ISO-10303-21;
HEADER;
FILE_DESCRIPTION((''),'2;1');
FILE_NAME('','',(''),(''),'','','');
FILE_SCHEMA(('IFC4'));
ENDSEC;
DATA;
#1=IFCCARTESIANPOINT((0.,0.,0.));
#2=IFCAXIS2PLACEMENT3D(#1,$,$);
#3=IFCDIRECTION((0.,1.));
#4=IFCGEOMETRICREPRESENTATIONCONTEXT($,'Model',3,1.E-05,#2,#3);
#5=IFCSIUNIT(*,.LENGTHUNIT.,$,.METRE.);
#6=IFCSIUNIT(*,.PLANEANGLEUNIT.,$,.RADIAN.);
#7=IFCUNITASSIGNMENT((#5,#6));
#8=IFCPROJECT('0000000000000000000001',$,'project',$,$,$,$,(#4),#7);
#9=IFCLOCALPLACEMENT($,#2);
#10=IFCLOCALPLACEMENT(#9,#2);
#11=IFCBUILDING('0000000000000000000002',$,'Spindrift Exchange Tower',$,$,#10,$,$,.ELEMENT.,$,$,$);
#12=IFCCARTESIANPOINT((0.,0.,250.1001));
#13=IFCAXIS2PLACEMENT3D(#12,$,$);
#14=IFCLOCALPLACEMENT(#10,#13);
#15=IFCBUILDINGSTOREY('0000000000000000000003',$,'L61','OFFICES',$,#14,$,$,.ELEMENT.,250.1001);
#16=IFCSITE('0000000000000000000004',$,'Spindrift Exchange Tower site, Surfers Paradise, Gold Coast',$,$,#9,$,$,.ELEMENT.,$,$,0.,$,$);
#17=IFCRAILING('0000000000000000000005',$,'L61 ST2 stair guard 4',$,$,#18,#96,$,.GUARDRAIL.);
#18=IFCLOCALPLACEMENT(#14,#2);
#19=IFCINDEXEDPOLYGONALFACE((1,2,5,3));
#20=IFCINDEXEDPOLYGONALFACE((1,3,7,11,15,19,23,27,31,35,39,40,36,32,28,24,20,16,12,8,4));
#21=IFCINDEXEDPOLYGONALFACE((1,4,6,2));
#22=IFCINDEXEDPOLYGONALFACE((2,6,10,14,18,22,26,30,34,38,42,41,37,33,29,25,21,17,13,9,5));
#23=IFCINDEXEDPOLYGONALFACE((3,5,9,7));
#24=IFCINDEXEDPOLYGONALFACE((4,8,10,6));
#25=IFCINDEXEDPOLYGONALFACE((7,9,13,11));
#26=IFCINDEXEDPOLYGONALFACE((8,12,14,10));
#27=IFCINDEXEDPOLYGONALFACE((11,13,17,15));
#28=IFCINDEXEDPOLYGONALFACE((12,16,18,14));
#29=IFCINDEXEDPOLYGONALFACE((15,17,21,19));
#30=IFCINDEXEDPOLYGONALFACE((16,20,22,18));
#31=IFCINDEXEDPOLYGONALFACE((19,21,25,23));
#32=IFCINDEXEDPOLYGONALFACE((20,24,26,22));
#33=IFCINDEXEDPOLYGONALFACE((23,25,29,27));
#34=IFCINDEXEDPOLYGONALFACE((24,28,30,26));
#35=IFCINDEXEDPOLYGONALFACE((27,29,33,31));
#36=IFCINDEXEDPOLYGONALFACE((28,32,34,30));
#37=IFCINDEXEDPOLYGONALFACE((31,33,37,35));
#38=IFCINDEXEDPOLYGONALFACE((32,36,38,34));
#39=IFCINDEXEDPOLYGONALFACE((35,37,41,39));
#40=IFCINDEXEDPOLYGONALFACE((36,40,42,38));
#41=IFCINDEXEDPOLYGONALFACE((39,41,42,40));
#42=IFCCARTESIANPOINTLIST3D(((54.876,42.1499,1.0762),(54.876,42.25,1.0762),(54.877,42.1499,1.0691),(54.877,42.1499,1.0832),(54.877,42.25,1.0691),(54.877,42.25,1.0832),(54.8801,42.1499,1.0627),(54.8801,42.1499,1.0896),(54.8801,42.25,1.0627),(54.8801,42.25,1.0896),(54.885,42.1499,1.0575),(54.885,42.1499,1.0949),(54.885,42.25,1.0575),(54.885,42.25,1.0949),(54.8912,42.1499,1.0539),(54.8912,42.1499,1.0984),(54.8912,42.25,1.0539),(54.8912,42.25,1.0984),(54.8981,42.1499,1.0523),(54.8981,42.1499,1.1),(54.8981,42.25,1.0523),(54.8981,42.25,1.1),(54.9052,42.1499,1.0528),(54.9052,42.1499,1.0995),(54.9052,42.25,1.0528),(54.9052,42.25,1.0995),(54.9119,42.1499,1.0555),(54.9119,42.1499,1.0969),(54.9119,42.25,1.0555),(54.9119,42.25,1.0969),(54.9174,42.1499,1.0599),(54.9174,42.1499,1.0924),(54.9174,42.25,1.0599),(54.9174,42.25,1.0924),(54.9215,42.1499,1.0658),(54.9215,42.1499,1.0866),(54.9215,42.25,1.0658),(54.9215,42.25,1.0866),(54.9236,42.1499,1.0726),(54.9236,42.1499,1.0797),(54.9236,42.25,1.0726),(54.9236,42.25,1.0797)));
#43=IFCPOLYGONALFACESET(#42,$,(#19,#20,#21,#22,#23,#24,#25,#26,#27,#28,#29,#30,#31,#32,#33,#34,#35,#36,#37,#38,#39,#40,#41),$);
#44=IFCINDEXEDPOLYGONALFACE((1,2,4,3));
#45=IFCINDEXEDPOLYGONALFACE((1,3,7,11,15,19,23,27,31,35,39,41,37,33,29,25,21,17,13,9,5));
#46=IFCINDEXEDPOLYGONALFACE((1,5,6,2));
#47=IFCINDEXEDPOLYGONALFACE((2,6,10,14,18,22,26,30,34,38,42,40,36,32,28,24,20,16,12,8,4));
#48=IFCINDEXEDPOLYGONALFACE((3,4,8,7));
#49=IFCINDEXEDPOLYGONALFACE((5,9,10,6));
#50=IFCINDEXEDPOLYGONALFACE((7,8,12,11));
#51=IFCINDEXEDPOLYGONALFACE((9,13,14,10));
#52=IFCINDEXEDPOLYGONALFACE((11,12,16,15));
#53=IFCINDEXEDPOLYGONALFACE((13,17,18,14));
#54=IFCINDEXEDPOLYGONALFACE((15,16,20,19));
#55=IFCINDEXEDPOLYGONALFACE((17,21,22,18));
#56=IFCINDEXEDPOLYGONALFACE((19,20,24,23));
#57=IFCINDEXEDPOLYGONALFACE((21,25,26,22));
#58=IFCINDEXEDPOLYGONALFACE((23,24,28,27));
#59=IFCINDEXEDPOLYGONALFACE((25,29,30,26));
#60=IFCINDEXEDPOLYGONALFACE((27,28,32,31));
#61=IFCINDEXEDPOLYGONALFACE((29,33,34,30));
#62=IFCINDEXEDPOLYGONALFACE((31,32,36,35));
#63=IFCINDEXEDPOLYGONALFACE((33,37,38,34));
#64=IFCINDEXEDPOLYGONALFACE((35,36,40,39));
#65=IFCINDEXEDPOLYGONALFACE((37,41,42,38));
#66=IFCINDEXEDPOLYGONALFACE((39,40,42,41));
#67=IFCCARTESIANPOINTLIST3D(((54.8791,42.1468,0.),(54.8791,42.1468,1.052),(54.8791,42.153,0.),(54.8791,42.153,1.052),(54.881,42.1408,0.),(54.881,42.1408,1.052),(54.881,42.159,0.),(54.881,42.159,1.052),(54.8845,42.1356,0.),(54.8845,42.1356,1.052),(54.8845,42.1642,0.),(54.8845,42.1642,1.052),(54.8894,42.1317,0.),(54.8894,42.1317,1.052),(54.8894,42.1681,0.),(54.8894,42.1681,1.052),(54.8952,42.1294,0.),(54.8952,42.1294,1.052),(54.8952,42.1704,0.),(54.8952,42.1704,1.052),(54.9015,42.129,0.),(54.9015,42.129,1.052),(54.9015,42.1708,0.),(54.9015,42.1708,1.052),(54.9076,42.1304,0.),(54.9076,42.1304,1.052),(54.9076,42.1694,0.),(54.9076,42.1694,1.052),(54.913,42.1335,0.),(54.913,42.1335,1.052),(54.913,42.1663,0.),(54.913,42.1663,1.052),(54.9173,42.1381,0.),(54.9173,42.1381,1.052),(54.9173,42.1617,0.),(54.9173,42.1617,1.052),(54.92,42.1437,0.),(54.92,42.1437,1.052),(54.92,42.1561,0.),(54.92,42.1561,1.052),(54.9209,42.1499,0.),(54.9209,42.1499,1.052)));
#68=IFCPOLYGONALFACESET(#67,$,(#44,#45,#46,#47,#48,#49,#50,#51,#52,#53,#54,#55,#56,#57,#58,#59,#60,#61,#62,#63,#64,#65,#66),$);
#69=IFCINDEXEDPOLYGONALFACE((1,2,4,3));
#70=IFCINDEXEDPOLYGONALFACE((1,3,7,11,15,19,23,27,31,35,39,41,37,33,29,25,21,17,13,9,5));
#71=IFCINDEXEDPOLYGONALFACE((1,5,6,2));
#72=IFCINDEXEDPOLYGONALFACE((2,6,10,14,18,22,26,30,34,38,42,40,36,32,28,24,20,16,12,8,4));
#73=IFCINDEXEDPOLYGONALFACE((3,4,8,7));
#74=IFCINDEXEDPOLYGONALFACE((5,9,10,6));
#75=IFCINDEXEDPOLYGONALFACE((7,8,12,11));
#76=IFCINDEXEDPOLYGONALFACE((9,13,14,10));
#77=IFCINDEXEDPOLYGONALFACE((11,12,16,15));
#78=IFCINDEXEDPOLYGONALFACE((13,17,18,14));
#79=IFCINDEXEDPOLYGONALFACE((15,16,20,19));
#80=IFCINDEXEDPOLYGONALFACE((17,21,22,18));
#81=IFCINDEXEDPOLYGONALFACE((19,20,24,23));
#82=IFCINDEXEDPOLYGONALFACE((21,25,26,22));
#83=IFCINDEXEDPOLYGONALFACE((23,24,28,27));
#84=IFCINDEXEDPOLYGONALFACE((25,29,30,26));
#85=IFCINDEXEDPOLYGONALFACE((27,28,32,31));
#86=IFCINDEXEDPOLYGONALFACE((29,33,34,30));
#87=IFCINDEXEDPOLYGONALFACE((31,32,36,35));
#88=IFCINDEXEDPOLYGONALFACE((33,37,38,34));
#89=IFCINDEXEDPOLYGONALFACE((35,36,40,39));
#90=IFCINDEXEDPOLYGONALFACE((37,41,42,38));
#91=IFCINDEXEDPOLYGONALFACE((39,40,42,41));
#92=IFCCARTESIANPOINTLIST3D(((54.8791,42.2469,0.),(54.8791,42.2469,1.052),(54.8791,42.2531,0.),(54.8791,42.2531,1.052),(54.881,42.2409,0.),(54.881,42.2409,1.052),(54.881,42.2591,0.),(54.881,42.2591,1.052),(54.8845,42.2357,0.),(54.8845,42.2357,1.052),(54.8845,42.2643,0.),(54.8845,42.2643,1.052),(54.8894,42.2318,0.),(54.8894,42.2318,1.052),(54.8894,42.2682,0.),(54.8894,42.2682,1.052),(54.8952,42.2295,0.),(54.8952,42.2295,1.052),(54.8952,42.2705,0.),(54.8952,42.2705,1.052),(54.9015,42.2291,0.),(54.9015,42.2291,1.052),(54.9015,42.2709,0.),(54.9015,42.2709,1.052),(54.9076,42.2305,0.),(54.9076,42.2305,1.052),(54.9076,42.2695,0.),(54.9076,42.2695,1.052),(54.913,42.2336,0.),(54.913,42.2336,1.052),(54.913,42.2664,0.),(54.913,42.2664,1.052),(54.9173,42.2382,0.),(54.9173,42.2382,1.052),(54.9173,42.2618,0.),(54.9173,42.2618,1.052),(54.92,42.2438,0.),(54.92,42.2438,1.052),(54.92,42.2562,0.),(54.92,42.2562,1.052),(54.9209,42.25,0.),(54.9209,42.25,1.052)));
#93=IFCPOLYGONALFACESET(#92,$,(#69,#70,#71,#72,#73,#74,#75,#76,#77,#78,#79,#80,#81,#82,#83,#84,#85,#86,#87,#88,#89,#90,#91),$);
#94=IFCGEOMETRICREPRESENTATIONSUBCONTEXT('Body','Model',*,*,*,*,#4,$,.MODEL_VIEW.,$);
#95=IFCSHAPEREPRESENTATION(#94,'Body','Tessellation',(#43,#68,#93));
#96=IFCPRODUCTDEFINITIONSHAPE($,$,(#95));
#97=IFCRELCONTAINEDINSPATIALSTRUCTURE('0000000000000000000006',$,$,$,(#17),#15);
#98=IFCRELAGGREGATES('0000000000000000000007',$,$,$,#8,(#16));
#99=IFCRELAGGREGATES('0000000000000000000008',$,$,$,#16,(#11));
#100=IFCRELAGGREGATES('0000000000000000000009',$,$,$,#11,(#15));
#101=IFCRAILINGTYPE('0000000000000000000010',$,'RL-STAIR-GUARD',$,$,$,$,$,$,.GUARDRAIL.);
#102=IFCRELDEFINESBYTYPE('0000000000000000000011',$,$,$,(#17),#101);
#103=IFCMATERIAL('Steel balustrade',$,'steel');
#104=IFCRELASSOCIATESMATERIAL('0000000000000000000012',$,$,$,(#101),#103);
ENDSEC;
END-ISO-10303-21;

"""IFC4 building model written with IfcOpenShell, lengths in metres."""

from ifc_helpers import new_model, si_unit, direction, frame, origin, origin_2d, place, context, subcontext, project, spatial, circle, extrude, material, type_object, element, save


model = new_model("IFC4")

# Units and contexts
model_context = context("Model", 3, precision=1e-05, world=origin(), true_north=direction((0.0, 1.0)))
body_context = subcontext(model_context, "Body", "Model", "MODEL_VIEW")
ifc_project = project(units=[si_unit("LENGTHUNIT", "METRE"), si_unit("PLANEANGLEUNIT", "RADIAN")], contexts=[model_context])

# Site, building, storey
site_placement = place(None, origin())
site = spatial("IfcSite", under=ifc_project, at=site_placement, Name="Spindrift Exchange Tower site, Surfers Paradise, Gold Coast", CompositionType="ELEMENT", RefElevation=0.0)
building_placement = place(site_placement, origin())
building = spatial("IfcBuilding", under=site, at=building_placement, Name="Spindrift Exchange Tower", CompositionType="ELEMENT")
storey_placement = place(building_placement, frame((0.0, 0.0, 250.1001)))
storey = spatial("IfcBuildingStorey", under=building, at=storey_placement, Name="L61", Description="OFFICES", CompositionType="ELEMENT", Elevation=250.1001)

# Railing
ifc_material_1 = material(Name="Steel balustrade", Category="steel")
railing_type_1 = type_object("IfcRailingType", Name="RL-STAIR-GUARD", PredefinedType="GUARDRAIL", material=ifc_material_1)
railing_1_placement = place(storey_placement, frame((54.8999, 42.1499, 0.0)))
element("IfcRailing", 1, at=railing_1_placement, inside=storey, type_object=railing_type_1, Name="L61 ST2 stair guard 4", PredefinedType="GUARDRAIL", context=body_context, shape_type="SweptSolid", body=[
    extrude(circle(Radius=0.0239, at=origin_2d()), frame((0.0, 0.0, 1.0762), z_axis=(0.0, 1.0, 0.0), x_axis=(-1.0, 0.0, 0.0)), (0.0, 0.0, 1.0), 0.1001),
    extrude(circle(Radius=0.021, at=origin_2d()), origin(), (0.0, 0.0, 1.0), 1.052),
    extrude(circle(Radius=0.021, at=origin_2d()), frame((0.0, 0.1001, 0.0)), (0.0, 0.0, 1.0), 1.052),
])

save(model, "model.ifc")
